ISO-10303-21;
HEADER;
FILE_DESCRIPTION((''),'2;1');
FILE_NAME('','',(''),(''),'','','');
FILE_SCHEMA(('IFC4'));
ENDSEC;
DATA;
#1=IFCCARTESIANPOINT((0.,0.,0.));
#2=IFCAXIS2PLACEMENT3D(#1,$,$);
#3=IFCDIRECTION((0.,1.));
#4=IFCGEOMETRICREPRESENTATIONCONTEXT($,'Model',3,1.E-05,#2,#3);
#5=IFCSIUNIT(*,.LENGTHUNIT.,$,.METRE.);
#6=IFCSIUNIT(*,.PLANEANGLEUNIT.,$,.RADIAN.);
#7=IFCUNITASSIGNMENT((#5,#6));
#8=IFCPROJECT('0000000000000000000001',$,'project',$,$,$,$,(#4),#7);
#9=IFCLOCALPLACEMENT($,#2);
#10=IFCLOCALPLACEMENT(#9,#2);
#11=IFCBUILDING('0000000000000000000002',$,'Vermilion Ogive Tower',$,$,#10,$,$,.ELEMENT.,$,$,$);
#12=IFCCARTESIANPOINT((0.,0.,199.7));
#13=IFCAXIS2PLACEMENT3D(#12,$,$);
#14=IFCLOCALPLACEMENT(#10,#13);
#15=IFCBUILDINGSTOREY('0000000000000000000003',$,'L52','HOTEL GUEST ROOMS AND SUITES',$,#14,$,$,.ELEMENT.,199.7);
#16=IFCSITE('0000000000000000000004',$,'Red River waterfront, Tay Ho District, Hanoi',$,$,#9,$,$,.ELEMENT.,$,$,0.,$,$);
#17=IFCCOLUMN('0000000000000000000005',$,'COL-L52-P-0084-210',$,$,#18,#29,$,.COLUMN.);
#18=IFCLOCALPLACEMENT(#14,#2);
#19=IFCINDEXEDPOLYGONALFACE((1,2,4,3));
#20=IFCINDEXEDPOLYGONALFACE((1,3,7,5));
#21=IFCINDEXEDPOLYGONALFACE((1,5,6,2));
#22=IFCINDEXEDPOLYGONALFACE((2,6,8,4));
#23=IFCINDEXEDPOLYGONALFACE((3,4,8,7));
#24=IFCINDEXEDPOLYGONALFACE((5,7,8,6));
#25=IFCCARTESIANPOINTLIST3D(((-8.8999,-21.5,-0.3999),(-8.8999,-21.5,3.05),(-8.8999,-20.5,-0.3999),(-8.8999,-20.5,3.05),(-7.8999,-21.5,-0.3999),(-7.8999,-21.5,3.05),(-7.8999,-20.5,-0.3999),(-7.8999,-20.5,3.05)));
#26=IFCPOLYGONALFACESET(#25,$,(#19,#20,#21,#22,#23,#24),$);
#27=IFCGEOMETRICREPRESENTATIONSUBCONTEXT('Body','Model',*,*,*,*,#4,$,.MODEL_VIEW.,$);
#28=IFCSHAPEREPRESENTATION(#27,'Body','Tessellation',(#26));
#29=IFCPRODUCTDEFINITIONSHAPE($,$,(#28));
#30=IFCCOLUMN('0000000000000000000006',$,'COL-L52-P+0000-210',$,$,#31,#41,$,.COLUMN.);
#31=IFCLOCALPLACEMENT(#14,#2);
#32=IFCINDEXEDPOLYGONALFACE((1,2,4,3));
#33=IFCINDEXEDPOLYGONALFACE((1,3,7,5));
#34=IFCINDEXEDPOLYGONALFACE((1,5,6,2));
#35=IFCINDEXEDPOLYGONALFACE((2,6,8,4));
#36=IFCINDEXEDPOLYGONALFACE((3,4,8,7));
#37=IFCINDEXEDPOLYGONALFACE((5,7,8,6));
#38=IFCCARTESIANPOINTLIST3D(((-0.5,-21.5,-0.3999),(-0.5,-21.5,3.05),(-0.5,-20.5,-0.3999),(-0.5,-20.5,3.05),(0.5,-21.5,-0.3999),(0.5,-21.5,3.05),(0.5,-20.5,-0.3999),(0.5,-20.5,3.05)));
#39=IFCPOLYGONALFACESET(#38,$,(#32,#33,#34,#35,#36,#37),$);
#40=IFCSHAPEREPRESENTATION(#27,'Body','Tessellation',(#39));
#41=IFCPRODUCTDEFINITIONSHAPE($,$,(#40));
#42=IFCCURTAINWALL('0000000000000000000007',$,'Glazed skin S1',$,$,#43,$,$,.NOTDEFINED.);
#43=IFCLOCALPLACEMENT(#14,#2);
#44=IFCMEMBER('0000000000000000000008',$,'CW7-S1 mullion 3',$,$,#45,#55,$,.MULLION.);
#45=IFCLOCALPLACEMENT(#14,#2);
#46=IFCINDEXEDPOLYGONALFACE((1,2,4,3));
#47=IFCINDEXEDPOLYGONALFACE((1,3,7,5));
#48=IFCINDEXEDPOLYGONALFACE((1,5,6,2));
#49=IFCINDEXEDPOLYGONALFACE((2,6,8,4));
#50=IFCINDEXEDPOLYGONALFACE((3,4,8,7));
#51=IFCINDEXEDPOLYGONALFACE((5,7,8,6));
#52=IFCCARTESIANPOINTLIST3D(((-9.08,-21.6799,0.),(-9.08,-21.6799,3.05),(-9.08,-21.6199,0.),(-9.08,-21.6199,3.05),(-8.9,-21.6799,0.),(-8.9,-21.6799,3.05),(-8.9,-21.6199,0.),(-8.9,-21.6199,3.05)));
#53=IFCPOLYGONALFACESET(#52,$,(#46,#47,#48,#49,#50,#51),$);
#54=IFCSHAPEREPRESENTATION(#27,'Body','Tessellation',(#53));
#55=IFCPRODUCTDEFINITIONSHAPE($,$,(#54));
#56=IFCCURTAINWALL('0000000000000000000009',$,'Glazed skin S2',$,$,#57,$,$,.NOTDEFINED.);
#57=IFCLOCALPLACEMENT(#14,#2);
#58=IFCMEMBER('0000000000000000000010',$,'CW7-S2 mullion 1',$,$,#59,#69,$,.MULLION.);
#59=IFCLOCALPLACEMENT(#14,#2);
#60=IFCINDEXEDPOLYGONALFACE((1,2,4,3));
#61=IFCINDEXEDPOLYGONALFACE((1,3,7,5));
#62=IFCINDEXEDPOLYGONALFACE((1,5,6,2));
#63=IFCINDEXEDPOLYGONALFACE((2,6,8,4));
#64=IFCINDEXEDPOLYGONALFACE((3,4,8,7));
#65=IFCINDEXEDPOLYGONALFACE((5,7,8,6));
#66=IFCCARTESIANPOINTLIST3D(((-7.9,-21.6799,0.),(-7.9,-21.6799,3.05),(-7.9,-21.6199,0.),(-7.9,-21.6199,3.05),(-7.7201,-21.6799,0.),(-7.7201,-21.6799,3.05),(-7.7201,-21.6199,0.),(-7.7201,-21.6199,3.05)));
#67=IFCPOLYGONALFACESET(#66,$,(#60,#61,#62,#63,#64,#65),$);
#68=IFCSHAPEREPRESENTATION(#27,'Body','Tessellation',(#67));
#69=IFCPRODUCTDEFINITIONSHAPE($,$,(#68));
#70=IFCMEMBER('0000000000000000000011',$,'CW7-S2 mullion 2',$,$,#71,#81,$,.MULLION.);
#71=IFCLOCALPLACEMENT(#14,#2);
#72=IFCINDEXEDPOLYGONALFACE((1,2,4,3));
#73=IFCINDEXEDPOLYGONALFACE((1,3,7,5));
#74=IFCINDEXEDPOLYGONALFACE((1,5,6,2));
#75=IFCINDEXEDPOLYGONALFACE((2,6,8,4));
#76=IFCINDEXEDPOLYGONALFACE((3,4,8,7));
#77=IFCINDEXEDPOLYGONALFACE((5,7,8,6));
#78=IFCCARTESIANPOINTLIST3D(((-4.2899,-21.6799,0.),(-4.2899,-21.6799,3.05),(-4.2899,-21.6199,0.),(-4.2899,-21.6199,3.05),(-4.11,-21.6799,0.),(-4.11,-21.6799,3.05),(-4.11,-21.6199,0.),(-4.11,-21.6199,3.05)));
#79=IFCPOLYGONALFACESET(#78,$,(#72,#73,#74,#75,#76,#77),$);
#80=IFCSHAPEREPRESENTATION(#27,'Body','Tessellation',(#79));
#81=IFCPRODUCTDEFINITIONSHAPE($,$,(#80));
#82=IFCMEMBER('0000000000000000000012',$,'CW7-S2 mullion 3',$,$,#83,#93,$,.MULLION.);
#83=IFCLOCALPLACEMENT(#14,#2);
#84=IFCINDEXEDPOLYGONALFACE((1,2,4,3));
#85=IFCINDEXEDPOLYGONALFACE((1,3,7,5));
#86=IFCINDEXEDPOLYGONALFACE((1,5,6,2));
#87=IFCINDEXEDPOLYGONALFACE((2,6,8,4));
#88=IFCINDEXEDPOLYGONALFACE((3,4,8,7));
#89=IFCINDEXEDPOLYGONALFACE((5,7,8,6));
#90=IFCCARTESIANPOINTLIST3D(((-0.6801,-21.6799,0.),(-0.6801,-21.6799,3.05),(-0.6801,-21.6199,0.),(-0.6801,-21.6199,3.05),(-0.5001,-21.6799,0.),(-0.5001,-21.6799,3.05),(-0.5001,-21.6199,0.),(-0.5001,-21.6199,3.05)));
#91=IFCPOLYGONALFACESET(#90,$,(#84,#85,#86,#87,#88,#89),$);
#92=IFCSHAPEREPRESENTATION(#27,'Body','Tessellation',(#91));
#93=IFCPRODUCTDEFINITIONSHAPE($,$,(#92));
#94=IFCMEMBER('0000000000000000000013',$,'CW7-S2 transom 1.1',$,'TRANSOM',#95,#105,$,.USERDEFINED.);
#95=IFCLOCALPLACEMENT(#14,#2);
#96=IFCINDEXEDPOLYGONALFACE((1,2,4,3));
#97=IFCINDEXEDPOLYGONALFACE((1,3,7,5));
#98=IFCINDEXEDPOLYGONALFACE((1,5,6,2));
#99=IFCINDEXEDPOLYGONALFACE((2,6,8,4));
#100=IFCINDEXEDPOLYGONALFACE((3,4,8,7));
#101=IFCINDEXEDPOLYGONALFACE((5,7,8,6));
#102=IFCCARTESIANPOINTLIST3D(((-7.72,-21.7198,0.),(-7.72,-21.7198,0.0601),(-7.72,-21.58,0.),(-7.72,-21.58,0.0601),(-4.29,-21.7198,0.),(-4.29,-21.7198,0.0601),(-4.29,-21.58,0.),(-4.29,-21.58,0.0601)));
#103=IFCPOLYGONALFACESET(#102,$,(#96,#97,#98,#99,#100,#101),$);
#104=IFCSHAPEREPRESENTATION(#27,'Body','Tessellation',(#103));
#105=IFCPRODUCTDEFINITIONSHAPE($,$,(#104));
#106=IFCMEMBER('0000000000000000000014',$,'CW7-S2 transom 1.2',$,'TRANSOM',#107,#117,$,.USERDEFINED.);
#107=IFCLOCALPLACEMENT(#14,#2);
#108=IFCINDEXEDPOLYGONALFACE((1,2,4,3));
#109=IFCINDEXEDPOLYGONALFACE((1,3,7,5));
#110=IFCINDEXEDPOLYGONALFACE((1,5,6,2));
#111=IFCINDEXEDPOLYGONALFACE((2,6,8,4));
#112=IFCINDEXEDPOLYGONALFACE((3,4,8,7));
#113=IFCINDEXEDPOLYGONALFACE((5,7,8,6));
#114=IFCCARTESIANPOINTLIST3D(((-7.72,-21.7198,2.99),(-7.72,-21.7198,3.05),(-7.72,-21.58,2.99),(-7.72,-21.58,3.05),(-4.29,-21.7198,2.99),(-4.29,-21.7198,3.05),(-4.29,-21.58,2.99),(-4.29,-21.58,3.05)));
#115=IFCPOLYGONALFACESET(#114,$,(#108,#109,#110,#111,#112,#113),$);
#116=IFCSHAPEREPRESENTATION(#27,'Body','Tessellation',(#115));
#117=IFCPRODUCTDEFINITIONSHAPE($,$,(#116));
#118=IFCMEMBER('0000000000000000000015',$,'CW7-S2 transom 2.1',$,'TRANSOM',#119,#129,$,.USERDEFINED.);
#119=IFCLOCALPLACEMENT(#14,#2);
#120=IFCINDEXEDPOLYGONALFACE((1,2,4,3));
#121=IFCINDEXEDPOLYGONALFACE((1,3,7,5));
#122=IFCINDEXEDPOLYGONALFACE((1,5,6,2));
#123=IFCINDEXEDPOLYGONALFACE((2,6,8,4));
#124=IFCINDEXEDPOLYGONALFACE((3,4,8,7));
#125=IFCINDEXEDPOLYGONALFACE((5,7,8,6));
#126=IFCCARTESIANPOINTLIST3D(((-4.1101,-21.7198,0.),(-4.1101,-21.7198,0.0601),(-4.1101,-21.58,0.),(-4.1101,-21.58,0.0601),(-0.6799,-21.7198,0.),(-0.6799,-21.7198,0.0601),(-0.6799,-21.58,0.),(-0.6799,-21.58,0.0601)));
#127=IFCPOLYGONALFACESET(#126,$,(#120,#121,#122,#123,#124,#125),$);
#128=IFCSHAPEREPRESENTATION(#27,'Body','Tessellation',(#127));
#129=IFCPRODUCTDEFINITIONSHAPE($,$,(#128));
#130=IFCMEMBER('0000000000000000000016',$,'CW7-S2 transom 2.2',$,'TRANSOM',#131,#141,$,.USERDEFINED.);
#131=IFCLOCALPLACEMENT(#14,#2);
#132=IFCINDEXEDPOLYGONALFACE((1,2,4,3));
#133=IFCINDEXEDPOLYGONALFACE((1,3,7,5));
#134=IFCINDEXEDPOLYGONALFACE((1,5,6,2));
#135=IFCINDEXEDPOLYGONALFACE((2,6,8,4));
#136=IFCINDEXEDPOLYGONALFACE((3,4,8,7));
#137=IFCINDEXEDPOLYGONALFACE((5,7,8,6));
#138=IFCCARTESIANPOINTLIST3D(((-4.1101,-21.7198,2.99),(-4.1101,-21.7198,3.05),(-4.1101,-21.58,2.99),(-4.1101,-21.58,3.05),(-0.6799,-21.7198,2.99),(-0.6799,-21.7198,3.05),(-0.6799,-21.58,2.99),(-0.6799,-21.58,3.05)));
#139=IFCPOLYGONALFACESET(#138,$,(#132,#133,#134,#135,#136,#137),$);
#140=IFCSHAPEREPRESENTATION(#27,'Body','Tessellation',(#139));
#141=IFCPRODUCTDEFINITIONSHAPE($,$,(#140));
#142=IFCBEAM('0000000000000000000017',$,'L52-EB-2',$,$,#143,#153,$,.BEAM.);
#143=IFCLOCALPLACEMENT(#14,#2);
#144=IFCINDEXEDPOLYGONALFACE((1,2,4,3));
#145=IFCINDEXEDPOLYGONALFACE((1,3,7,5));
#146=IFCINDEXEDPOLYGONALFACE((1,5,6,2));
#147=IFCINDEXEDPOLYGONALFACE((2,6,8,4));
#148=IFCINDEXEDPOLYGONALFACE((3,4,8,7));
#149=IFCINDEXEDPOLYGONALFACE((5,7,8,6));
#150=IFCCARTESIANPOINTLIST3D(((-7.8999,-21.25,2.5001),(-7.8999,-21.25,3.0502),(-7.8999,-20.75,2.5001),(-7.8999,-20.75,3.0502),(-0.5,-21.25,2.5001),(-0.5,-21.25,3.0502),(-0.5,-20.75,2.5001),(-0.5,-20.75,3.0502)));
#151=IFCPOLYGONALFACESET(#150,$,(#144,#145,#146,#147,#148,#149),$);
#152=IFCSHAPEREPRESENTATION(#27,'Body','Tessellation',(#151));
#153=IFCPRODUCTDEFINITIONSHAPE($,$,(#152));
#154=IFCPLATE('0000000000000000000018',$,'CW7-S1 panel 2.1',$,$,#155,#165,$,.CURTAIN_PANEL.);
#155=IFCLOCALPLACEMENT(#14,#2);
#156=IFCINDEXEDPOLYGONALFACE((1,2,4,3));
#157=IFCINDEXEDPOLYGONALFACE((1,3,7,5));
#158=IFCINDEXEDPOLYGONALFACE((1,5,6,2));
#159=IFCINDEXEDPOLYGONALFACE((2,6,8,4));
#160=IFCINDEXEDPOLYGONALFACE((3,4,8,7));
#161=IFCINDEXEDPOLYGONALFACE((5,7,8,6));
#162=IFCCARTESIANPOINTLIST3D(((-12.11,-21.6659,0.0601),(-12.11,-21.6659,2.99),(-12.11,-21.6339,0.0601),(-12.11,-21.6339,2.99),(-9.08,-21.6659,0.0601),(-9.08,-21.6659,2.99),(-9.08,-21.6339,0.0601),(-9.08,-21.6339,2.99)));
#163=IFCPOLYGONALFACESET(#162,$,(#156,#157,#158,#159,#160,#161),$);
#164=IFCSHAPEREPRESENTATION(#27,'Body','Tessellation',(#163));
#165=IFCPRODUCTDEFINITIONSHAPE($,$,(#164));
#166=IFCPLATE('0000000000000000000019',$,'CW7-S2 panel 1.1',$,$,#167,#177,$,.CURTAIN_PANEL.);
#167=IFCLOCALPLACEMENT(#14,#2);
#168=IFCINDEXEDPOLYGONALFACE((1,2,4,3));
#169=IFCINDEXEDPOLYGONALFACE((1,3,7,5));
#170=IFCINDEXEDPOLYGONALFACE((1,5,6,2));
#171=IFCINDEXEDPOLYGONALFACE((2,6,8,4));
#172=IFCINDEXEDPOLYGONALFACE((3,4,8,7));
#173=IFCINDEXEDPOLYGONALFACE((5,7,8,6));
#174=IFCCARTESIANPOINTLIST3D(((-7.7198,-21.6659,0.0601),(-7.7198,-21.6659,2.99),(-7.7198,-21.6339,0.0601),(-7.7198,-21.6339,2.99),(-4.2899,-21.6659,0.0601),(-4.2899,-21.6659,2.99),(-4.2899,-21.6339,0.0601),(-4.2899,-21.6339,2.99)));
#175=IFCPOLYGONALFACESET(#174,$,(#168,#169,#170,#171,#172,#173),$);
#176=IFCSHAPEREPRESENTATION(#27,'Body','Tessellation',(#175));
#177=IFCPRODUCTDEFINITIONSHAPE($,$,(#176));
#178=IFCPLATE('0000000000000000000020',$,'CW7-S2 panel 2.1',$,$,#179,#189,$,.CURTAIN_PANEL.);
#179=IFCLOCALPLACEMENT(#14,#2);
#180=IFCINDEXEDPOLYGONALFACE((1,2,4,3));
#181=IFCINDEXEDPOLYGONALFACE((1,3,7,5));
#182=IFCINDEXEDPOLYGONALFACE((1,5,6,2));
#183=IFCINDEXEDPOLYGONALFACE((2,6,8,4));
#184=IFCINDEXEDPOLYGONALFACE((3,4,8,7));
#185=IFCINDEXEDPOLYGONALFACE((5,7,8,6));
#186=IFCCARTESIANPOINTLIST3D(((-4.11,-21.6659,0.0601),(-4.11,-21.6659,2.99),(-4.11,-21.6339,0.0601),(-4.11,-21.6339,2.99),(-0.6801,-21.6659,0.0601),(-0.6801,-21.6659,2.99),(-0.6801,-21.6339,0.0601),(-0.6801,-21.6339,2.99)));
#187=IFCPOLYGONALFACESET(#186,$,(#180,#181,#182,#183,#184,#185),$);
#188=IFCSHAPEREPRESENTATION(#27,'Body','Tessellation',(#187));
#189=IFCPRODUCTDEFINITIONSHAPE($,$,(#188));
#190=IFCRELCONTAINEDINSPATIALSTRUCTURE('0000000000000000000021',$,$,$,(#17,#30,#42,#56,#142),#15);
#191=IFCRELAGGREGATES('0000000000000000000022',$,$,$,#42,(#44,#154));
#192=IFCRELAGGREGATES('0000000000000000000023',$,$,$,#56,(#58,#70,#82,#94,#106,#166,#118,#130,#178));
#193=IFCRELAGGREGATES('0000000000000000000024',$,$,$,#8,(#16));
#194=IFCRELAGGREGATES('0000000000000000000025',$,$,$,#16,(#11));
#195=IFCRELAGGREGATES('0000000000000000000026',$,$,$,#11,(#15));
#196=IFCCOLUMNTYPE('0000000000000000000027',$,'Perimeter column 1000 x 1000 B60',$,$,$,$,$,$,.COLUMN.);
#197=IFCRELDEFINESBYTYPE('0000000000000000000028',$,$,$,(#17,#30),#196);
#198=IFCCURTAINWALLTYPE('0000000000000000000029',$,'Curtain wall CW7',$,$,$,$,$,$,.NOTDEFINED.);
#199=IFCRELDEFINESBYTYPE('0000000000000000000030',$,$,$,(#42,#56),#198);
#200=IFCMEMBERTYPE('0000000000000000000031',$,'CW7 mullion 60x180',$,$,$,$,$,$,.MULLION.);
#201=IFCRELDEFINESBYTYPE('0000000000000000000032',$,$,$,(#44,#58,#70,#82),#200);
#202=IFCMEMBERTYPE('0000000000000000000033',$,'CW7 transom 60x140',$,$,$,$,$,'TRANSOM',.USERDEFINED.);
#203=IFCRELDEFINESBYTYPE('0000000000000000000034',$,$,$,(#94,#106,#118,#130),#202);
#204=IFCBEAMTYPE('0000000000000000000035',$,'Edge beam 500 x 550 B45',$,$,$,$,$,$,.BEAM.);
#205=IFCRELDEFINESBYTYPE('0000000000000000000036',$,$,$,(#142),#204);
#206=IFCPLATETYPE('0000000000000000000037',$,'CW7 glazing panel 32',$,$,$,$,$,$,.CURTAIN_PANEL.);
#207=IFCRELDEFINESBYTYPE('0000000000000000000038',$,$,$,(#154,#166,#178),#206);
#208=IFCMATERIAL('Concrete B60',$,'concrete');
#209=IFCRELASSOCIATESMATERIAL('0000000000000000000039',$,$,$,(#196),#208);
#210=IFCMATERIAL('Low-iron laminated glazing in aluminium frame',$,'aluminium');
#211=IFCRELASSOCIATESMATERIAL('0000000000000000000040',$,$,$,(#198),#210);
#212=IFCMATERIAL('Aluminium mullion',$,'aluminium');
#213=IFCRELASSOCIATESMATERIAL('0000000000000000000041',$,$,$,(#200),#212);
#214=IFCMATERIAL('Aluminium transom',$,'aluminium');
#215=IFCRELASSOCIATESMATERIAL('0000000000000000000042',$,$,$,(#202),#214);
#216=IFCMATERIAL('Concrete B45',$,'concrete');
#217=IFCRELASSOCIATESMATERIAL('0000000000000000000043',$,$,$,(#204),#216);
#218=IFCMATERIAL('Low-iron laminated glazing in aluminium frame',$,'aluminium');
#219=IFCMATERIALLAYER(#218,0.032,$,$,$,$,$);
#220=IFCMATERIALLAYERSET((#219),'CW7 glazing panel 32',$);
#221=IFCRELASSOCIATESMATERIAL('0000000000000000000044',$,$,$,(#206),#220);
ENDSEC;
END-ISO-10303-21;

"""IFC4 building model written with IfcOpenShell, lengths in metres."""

from ifc_helpers import new_model, si_unit, direction, frame, origin, origin_2d, place, context, subcontext, project, spatial, rectangle, extrude, material, layer, layer_set, material_profile, profile_set, type_object, element, aggregate, save


model = new_model("IFC4")

# Units and contexts
model_context = context("Model", 3, precision=1e-05, world=origin(), true_north=direction((0.0, 1.0)))
body_context = subcontext(model_context, "Body", "Model", "MODEL_VIEW")
ifc_project = project(units=[si_unit("LENGTHUNIT", "METRE"), si_unit("PLANEANGLEUNIT", "RADIAN")], contexts=[model_context])

# Site, building, storey
site_placement = place(None, origin())
site = spatial("IfcSite", under=ifc_project, at=site_placement, Name="Red River waterfront, Tay Ho District, Hanoi", CompositionType="ELEMENT", RefElevation=0.0)
building_placement = place(site_placement, origin())
building = spatial("IfcBuilding", under=site, at=building_placement, Name="Vermilion Ogive Tower", CompositionType="ELEMENT")
storey_placement = place(building_placement, frame((0.0, 0.0, 199.7)))
storey = spatial("IfcBuildingStorey", under=building, at=storey_placement, Name="L52", Description="HOTEL GUEST ROOMS AND SUITES", CompositionType="ELEMENT", Elevation=199.7)

# Columns
ifc_material_1 = material(Name="Concrete B60", Category="concrete")
ifc_material_profile_1 = material_profile(ifc_material_1, rectangle(XDim=1.0, YDim=1.0, at=origin_2d()), Name="1000 x 1000")
ifc_profile_set_1 = profile_set([ifc_material_profile_1], Name="Concrete B60")
column_type = type_object("IfcColumnType", Name="Perimeter column 1000 x 1000 B60", PredefinedType="COLUMN", material=ifc_profile_set_1)
for number, where, z_axis, x_axis, name in (
    (1, (-8.3999, -21.0, -0.3999), (0.0, 0.0, 1.0), (1.0, 0.0, 0.0), "COL-L52-P-0084-210"),
    (2, (0.0, -21.0, -0.3999), (0.0, 0.0, 1.0), (1.0, 0.0, 0.0), "COL-L52-P+0000-210"),
):
    element("IfcColumn", number, at=place(storey_placement, frame(where, z_axis=z_axis, x_axis=x_axis)), inside=storey, type_object=column_type, Name=name, PredefinedType="COLUMN", context=body_context, shape_type="SweptSolid", body=[
        extrude(rectangle(XDim=1.0, YDim=1.0, at=origin_2d()), origin(), (0.0, 0.0, 1.0), 3.45),
    ])

# Curtain wall, member
ifc_material_2 = material(Name="Low-iron laminated glazing in aluminium frame", Category="aluminium")
curtain_wall_type = type_object("IfcCurtainWallType", Name="Curtain wall CW7", PredefinedType="NOTDEFINED", material=ifc_material_2)
curtain_wall_1_placement = place(storey_placement, origin())
curtain_wall_1 = element("IfcCurtainWall", 3, at=curtain_wall_1_placement, inside=storey, type_object=curtain_wall_type, Name="Glazed skin S1", PredefinedType="NOTDEFINED")
ifc_material_3 = material(Name="Aluminium mullion", Category="aluminium")
ifc_material_profile_2 = material_profile(ifc_material_3, rectangle(XDim=0.0601, YDim=0.1799, at=origin_2d()), Name="AL 60x180")
ifc_profile_set_2 = profile_set([ifc_material_profile_2], Name="Aluminium mullion")
member_type_1 = type_object("IfcMemberType", Name="CW7 mullion 60x180", PredefinedType="MULLION", material=ifc_profile_set_2)
member_1_placement = place(storey_placement, frame((-8.99, -21.6499, 0.0), z_axis=(0.0, 0.0, 1.0), x_axis=(0.0, 1.0, 0.0)))
member_1 = element("IfcMember", 4, at=member_1_placement, type_object=member_type_1, Name="CW7-S1 mullion 3", PredefinedType="MULLION", context=body_context, shape_type="SweptSolid", body=[
    extrude(rectangle(XDim=0.0601, YDim=0.1799, at=origin_2d()), origin(), (0.0, 0.0, 1.0), 3.05),
])

# Curtain wall, members
curtain_wall_2_placement = place(storey_placement, origin())
curtain_wall_2 = element("IfcCurtainWall", 5, at=curtain_wall_2_placement, inside=storey, type_object=curtain_wall_type, Name="Glazed skin S2", PredefinedType="NOTDEFINED")
member_2_placement = place(storey_placement, frame((-7.8101, -21.6499, 0.0), z_axis=(0.0, 0.0, 1.0), x_axis=(0.0, 1.0, 0.0)))
member_2 = element("IfcMember", 6, at=member_2_placement, type_object=member_type_1, Name="CW7-S2 mullion 1", PredefinedType="MULLION", context=body_context, shape_type="SweptSolid", body=[
    extrude(rectangle(XDim=0.0601, YDim=0.1799, at=origin_2d()), origin(), (0.0, 0.0, 1.0), 3.05),
])
member_3_placement = place(storey_placement, frame((-4.2, -21.6499, 0.0), z_axis=(0.0, 0.0, 1.0), x_axis=(0.0, 1.0, 0.0)))
member_3 = element("IfcMember", 7, at=member_3_placement, type_object=member_type_1, Name="CW7-S2 mullion 2", PredefinedType="MULLION", context=body_context, shape_type="SweptSolid", body=[
    extrude(rectangle(XDim=0.0601, YDim=0.1799, at=origin_2d()), origin(), (0.0, 0.0, 1.0), 3.05),
])
member_4_placement = place(storey_placement, frame((-0.5901, -21.6499, 0.0), z_axis=(0.0, 0.0, 1.0), x_axis=(0.0, 1.0, 0.0)))
member_4 = element("IfcMember", 8, at=member_4_placement, type_object=member_type_1, Name="CW7-S2 mullion 3", PredefinedType="MULLION", context=body_context, shape_type="SweptSolid", body=[
    extrude(rectangle(XDim=0.0601, YDim=0.1799, at=origin_2d()), origin(), (0.0, 0.0, 1.0), 3.05),
])
ifc_material_4 = material(Name="Aluminium transom", Category="aluminium")
ifc_material_profile_3 = material_profile(ifc_material_4, rectangle(XDim=0.1399, YDim=0.0601, at=origin_2d()), Name="AL 60x140")
ifc_profile_set_3 = profile_set([ifc_material_profile_3], Name="Aluminium transom")
member_type_2 = type_object("IfcMemberType", Name="CW7 transom 60x140", ElementType="TRANSOM", PredefinedType="USERDEFINED", material=ifc_profile_set_3)
member_5_placement = place(storey_placement, frame((-7.72, -21.6499, 0.03), z_axis=(1.0, 0.0, 0.0), x_axis=(0.0, 1.0, 0.0)))
member_5 = element("IfcMember", 9, at=member_5_placement, type_object=member_type_2, Name="CW7-S2 transom 1.1", ObjectType="TRANSOM", PredefinedType="USERDEFINED", context=body_context, shape_type="SweptSolid", body=[
    extrude(rectangle(XDim=0.1399, YDim=0.0601, at=origin_2d()), origin(), (0.0, 0.0, 1.0), 3.4299),
])
member_6_placement = place(storey_placement, frame((-7.72, -21.6499, 3.02), z_axis=(1.0, 0.0, 0.0), x_axis=(0.0, 1.0, 0.0)))
member_6 = element("IfcMember", 10, at=member_6_placement, type_object=member_type_2, Name="CW7-S2 transom 1.2", ObjectType="TRANSOM", PredefinedType="USERDEFINED", context=body_context, shape_type="SweptSolid", body=[
    extrude(rectangle(XDim=0.1399, YDim=0.0601, at=origin_2d()), origin(), (0.0, 0.0, 1.0), 3.4299),
])
member_7_placement = place(storey_placement, frame((-4.1101, -21.6499, 0.03), z_axis=(1.0, 0.0, 0.0), x_axis=(0.0, 1.0, 0.0)))
member_7 = element("IfcMember", 11, at=member_7_placement, type_object=member_type_2, Name="CW7-S2 transom 2.1", ObjectType="TRANSOM", PredefinedType="USERDEFINED", context=body_context, shape_type="SweptSolid", body=[
    extrude(rectangle(XDim=0.1399, YDim=0.0601, at=origin_2d()), origin(), (0.0, 0.0, 1.0), 3.4302),
])
member_8_placement = place(storey_placement, frame((-4.1101, -21.6499, 3.02), z_axis=(1.0, 0.0, 0.0), x_axis=(0.0, 1.0, 0.0)))
member_8 = element("IfcMember", 12, at=member_8_placement, type_object=member_type_2, Name="CW7-S2 transom 2.2", ObjectType="TRANSOM", PredefinedType="USERDEFINED", context=body_context, shape_type="SweptSolid", body=[
    extrude(rectangle(XDim=0.1399, YDim=0.0601, at=origin_2d()), origin(), (0.0, 0.0, 1.0), 3.4302),
])

# Beam
ifc_material_5 = material(Name="Concrete B45", Category="concrete")
ifc_material_profile_4 = material_profile(ifc_material_5, rectangle(XDim=0.5, YDim=0.55, at=origin_2d()), Name="500 x 550")
ifc_profile_set_4 = profile_set([ifc_material_profile_4], Name="Concrete B45")
beam_type = type_object("IfcBeamType", Name="Edge beam 500 x 550 B45", PredefinedType="BEAM", material=ifc_profile_set_4)
beam_placement = place(storey_placement, frame((-7.8999, -21.0, 2.7751), z_axis=(1.0, 0.0, 0.0), x_axis=(0.0, 1.0, 0.0)))
element("IfcBeam", 13, at=beam_placement, inside=storey, type_object=beam_type, Name="L52-EB-2", PredefinedType="BEAM", context=body_context, shape_type="SweptSolid", body=[
    extrude(rectangle(XDim=0.5, YDim=0.55, at=origin_2d()), origin(), (0.0, 0.0, 1.0), 7.3999),
])

# Plates
ifc_material_6 = material(Name="Low-iron laminated glazing in aluminium frame", Category="aluminium")
ifc_layer_1 = layer(ifc_material_6, 0.032)
ifc_layer_set_1 = layer_set([ifc_layer_1], Name="CW7 glazing panel 32")
plate_type = type_object("IfcPlateType", Name="CW7 glazing panel 32", PredefinedType="CURTAIN_PANEL", material=ifc_layer_set_1)
plate_1_placement = place(storey_placement, frame((-10.595, -21.6499, 0.0601), z_axis=(0.0, 0.0, 1.0), x_axis=(1.0, 0.0, 0.0)))
plate_1 = element("IfcPlate", 14, at=plate_1_placement, type_object=plate_type, Name="CW7-S1 panel 2.1", PredefinedType="CURTAIN_PANEL", context=body_context, shape_type="SweptSolid", body=[
    extrude(rectangle(XDim=3.03, YDim=0.032, at=origin_2d()), origin(), (0.0, 0.0, 1.0), 2.9299),
])
aggregate(curtain_wall_1, [member_1, plate_1])
plate_2_placement = place(storey_placement, frame((-6.0049, -21.6499, 0.0601), z_axis=(0.0, 0.0, 1.0), x_axis=(1.0, 0.0, 0.0)))
plate_2 = element("IfcPlate", 15, at=plate_2_placement, type_object=plate_type, Name="CW7-S2 panel 1.1", PredefinedType="CURTAIN_PANEL", context=body_context, shape_type="SweptSolid", body=[
    extrude(rectangle(XDim=3.4299, YDim=0.032, at=origin_2d()), origin(), (0.0, 0.0, 1.0), 2.9299),
])
plate_3_placement = place(storey_placement, frame((-2.395, -21.6499, 0.0601), z_axis=(0.0, 0.0, 1.0), x_axis=(1.0, 0.0, 0.0)))
plate_3 = element("IfcPlate", 16, at=plate_3_placement, type_object=plate_type, Name="CW7-S2 panel 2.1", PredefinedType="CURTAIN_PANEL", context=body_context, shape_type="SweptSolid", body=[
    extrude(rectangle(XDim=3.4299, YDim=0.032, at=origin_2d()), origin(), (0.0, 0.0, 1.0), 2.9299),
])
aggregate(curtain_wall_2, [member_2, member_3, member_4, member_5, member_6, plate_2, member_7, member_8, plate_3])

save(model, "model.ifc")
